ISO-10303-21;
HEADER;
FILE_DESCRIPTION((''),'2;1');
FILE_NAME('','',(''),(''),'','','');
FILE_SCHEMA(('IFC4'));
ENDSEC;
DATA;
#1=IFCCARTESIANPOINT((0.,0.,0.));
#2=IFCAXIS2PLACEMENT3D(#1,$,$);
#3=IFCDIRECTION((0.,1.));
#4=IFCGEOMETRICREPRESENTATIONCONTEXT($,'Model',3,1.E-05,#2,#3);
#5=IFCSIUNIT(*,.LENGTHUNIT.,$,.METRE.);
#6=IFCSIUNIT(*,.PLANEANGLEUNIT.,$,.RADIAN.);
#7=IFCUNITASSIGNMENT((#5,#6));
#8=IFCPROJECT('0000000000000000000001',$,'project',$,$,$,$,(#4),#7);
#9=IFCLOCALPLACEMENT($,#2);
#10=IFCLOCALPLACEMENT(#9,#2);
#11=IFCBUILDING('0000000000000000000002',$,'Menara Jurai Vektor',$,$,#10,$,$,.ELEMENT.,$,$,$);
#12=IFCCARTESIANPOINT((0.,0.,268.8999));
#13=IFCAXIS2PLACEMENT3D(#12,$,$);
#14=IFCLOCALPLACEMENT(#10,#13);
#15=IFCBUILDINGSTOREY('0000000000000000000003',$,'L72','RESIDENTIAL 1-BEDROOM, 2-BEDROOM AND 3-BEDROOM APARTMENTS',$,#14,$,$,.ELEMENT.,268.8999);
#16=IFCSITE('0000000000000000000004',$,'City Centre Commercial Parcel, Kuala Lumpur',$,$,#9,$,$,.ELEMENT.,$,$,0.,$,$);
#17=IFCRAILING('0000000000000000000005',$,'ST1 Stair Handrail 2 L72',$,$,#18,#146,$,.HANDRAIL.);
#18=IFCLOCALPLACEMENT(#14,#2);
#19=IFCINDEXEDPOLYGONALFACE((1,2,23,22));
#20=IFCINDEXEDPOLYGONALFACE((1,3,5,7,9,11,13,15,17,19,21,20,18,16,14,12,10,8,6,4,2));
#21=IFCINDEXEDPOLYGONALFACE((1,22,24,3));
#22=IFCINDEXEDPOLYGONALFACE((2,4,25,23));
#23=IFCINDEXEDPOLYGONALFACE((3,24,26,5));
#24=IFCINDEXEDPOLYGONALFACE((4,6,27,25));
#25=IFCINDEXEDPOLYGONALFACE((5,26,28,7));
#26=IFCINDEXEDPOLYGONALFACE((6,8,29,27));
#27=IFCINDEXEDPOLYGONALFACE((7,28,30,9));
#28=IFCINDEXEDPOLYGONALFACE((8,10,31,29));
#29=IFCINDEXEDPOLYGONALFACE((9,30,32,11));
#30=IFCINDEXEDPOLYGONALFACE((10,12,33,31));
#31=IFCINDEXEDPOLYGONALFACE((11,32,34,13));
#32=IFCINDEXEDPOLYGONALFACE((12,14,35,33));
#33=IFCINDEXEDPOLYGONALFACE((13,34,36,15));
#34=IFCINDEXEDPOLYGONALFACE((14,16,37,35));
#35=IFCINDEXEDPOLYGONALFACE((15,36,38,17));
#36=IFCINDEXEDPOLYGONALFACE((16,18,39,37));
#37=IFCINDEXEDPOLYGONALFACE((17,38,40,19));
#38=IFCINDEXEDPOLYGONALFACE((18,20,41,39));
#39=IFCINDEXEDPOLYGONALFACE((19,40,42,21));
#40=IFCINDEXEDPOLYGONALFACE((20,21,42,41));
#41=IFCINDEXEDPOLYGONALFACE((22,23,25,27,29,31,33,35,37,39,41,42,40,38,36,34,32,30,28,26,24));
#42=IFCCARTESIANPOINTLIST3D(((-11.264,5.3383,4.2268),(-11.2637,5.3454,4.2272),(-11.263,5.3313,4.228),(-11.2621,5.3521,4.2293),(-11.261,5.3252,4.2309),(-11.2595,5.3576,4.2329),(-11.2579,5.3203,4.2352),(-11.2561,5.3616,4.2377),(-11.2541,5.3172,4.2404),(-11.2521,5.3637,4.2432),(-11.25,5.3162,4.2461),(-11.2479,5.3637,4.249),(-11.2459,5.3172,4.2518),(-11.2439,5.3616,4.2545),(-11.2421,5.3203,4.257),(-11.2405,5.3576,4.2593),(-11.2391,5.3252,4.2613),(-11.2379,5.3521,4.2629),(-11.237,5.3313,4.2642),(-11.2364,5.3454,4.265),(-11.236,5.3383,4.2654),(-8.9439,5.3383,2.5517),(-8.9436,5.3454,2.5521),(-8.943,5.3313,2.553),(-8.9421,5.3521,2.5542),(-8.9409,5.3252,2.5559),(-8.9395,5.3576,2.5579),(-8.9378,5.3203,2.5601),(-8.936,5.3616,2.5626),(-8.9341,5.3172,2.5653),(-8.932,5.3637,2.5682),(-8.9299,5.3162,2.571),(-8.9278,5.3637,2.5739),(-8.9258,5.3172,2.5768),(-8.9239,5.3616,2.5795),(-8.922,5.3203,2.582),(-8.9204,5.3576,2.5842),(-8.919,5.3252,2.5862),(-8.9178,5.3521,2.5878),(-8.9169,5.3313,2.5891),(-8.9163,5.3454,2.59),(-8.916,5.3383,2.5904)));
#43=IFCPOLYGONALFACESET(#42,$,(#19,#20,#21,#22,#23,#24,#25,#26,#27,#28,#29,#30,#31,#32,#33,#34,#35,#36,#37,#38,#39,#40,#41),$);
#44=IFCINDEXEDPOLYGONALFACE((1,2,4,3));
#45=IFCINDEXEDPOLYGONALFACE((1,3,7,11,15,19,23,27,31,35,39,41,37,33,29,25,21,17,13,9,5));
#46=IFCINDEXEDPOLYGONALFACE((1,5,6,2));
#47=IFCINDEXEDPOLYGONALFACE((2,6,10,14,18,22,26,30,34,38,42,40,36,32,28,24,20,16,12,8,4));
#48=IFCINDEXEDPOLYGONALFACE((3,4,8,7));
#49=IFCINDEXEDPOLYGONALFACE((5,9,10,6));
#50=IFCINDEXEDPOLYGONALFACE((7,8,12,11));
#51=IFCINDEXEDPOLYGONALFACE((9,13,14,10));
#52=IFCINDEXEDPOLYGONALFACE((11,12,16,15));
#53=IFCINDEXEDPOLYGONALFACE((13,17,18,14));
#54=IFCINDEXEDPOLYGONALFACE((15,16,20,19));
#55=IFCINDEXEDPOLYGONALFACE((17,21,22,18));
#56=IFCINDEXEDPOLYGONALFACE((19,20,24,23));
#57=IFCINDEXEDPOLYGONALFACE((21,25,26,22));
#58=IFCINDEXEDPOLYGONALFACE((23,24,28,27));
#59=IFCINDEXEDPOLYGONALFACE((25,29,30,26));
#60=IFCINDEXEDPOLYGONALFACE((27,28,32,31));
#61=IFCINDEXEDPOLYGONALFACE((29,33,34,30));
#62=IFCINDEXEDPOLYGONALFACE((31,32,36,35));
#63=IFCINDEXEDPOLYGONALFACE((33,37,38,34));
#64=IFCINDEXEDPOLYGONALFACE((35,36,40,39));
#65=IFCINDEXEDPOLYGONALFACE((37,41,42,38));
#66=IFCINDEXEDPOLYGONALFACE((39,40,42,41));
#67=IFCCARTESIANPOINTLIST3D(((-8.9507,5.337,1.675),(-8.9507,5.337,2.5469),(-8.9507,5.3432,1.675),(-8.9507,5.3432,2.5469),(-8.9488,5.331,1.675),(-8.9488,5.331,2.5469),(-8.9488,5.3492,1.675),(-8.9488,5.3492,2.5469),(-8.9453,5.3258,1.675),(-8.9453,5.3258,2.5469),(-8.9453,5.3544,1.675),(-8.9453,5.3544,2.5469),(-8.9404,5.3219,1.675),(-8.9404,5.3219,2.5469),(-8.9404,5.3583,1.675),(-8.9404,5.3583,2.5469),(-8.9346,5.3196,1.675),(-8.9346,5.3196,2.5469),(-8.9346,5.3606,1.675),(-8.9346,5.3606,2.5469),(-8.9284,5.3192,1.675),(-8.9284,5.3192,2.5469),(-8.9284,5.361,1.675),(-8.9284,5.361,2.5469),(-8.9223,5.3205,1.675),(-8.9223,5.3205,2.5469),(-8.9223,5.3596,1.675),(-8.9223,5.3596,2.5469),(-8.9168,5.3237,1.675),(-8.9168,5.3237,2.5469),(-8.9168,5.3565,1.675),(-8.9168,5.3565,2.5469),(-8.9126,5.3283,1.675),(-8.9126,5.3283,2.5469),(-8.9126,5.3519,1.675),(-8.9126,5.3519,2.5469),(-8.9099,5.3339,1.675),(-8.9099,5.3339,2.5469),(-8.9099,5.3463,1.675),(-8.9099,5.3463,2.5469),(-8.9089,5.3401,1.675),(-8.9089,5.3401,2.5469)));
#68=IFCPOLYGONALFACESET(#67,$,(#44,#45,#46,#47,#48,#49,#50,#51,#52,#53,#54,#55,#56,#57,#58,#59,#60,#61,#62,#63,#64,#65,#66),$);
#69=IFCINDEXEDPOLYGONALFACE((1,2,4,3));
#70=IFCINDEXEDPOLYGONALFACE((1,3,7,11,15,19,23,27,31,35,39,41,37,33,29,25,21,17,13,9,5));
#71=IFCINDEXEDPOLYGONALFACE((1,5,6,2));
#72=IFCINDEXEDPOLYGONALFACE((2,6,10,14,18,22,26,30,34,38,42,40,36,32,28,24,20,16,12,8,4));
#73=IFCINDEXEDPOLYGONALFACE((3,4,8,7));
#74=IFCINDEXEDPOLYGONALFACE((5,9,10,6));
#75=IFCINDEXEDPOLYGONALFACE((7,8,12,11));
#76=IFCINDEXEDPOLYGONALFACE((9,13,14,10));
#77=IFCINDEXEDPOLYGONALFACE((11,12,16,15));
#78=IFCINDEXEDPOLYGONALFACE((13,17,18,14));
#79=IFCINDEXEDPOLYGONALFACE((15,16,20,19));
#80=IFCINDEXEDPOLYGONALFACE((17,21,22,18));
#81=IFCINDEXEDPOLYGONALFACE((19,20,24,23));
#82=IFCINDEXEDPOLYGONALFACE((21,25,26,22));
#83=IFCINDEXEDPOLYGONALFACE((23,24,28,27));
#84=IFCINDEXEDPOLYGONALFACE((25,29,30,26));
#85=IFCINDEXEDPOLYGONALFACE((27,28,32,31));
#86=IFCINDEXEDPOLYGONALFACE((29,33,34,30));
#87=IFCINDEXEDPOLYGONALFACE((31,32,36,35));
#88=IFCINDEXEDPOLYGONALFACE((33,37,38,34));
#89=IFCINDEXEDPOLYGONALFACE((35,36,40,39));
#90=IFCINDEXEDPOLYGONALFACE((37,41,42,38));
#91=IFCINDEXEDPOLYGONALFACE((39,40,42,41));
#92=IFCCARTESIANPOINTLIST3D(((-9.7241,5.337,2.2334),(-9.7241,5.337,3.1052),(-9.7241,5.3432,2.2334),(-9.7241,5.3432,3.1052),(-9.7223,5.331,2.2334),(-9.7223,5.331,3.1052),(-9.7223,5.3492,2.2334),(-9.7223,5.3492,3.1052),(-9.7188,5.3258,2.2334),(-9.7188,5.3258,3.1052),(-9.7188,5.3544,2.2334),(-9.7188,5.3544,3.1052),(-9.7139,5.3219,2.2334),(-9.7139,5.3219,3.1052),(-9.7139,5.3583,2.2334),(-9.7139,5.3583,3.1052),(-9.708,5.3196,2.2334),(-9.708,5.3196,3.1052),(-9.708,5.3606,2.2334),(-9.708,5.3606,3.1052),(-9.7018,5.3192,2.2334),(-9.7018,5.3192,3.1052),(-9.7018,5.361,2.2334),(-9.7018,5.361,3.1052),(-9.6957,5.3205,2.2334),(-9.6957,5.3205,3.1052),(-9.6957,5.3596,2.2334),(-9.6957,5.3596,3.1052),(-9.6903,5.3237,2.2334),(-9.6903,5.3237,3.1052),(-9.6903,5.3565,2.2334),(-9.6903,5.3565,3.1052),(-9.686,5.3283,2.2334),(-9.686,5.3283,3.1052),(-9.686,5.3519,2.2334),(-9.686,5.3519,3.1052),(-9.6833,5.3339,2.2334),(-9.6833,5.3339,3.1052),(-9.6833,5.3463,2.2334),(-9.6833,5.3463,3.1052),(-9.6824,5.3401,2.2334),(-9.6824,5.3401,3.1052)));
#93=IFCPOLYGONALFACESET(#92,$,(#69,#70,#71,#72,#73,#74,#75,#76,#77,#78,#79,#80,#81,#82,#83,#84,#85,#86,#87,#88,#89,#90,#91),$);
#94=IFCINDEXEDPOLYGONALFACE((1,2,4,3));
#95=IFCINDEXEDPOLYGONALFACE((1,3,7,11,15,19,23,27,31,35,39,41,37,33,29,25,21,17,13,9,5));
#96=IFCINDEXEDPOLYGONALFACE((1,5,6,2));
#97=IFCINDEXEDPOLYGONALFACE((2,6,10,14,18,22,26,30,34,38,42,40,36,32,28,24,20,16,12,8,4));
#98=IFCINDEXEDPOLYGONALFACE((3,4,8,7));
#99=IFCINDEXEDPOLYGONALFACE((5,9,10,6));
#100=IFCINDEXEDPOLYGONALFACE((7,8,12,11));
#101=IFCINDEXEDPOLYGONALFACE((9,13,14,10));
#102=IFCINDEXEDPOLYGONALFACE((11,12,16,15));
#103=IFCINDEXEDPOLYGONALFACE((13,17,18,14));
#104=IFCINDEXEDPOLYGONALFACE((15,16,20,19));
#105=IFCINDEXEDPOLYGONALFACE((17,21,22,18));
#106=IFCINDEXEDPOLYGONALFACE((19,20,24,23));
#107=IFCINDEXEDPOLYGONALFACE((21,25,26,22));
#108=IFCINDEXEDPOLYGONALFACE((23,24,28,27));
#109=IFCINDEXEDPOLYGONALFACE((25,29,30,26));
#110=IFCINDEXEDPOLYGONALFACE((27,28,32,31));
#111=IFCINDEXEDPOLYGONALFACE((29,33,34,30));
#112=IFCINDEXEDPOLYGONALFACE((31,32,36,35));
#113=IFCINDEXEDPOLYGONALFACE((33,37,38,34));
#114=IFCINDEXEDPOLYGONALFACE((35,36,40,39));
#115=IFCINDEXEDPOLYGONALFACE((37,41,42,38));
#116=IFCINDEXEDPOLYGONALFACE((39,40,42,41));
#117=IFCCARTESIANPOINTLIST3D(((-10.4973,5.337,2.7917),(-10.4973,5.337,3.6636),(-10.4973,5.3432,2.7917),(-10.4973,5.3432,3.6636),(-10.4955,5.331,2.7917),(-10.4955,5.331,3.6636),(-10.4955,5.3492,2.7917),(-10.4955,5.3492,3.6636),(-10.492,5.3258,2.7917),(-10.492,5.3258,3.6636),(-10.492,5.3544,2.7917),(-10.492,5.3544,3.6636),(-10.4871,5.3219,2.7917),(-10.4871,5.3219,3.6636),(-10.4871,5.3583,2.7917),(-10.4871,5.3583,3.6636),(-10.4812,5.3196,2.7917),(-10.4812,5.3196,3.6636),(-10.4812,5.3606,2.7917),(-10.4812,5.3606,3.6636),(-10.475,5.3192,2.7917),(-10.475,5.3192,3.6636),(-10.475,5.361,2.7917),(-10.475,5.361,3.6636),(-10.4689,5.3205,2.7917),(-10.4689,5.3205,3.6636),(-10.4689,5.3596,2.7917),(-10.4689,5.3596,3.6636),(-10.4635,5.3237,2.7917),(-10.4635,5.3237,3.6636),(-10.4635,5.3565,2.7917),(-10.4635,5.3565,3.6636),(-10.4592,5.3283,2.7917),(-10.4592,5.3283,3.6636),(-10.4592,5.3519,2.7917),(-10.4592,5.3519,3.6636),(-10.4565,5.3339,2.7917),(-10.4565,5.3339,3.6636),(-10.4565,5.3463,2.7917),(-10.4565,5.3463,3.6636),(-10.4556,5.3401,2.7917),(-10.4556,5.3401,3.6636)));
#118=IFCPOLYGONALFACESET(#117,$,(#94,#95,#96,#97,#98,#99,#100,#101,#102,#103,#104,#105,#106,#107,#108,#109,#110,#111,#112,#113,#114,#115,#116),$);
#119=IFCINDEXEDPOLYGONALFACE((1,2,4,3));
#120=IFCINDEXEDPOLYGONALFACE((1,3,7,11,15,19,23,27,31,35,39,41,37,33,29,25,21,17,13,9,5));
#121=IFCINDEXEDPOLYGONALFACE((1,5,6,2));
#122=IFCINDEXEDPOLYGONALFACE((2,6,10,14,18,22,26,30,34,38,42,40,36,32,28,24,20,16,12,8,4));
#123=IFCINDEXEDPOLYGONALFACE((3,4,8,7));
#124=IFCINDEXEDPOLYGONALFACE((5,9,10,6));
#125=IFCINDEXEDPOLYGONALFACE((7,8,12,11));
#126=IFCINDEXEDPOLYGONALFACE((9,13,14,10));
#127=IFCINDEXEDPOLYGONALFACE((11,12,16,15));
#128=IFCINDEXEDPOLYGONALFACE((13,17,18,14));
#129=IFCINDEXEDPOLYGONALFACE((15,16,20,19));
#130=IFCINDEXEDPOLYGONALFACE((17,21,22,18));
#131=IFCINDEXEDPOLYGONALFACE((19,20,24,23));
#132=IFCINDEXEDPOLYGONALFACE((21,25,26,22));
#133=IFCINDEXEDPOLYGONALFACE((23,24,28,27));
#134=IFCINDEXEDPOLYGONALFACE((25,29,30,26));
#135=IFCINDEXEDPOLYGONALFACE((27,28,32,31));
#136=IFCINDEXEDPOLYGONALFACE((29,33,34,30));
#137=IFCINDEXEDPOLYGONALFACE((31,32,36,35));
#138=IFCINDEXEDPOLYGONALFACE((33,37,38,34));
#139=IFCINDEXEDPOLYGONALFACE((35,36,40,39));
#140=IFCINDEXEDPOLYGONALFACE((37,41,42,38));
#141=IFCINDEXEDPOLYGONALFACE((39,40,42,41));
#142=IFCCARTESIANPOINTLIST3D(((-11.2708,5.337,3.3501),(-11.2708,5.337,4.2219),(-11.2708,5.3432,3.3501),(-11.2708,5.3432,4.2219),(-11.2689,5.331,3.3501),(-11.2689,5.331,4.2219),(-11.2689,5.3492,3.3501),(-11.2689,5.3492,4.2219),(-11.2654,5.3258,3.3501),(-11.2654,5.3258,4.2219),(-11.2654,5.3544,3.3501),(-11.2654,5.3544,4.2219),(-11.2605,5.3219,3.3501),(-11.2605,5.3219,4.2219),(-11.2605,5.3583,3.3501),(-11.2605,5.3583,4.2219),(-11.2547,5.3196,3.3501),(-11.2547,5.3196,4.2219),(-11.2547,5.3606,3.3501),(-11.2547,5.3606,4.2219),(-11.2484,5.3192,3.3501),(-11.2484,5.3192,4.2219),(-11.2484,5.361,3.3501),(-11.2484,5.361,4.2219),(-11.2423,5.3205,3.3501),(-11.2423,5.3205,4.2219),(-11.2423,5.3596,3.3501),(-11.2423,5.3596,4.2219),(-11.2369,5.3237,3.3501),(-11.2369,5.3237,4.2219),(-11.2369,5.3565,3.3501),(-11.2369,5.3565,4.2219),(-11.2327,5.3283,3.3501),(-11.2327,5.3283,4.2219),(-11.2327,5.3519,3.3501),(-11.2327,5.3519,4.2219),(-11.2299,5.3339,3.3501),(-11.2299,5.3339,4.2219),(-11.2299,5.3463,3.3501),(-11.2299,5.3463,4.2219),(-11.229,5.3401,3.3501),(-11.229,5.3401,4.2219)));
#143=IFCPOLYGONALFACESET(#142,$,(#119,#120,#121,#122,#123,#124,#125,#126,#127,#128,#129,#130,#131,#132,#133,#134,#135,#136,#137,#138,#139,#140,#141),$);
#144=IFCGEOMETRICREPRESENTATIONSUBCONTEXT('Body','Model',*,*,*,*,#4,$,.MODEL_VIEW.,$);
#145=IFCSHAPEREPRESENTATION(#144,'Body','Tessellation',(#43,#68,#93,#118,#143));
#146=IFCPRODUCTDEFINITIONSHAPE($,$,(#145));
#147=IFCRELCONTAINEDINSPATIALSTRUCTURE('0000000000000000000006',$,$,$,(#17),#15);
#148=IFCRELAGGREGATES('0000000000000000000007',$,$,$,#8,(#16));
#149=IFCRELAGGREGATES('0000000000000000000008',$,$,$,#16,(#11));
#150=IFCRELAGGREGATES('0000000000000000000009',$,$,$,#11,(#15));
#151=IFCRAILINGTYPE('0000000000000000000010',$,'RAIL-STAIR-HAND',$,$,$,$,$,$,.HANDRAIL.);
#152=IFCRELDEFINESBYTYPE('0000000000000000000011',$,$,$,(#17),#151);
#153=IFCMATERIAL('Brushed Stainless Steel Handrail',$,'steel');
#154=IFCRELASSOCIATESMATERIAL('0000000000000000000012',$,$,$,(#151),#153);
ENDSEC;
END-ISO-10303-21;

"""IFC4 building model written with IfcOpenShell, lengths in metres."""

from ifc_helpers import new_model, si_unit, direction, frame, origin, origin_2d, place, context, subcontext, project, spatial, circle, extrude, material, type_object, element, save


model = new_model("IFC4")

# Units and contexts
model_context = context("Model", 3, precision=1e-05, world=origin(), true_north=direction((0.0, 1.0)))
body_context = subcontext(model_context, "Body", "Model", "MODEL_VIEW")
ifc_project = project(units=[si_unit("LENGTHUNIT", "METRE"), si_unit("PLANEANGLEUNIT", "RADIAN")], contexts=[model_context])

# Site, building, storey
site_placement = place(None, origin())
site = spatial("IfcSite", under=ifc_project, at=site_placement, Name="City Centre Commercial Parcel, Kuala Lumpur", CompositionType="ELEMENT", RefElevation=0.0)
building_placement = place(site_placement, origin())
building = spatial("IfcBuilding", under=site, at=building_placement, Name="Menara Jurai Vektor", CompositionType="ELEMENT")
storey_placement = place(building_placement, frame((0.0, 0.0, 268.8999)))
storey = spatial("IfcBuildingStorey", under=building, at=storey_placement, Name="L72", Description="RESIDENTIAL 1-BEDROOM, 2-BEDROOM AND 3-BEDROOM APARTMENTS", CompositionType="ELEMENT", Elevation=268.8999)

# Railing
ifc_material_1 = material(Name="Brushed Stainless Steel Handrail", Category="steel")
railing_type_1 = type_object("IfcRailingType", Name="RAIL-STAIR-HAND", PredefinedType="HANDRAIL", material=ifc_material_1)
railing_1_placement = place(storey_placement, frame((-8.9299, 5.3401, 1.675)))
element("IfcRailing", 1, at=railing_1_placement, inside=storey, type_object=railing_type_1, Name="ST1 Stair Handrail 2 L72", PredefinedType="HANDRAIL", context=body_context, shape_type="SweptSolid", body=[
    extrude(circle(Radius=0.0239, at=origin_2d()), frame((0.0, 0.0, 0.896), z_axis=(-0.810771, 0.0, 0.585363), x_axis=(0.0, -1.0, 0.0)), (0.0, 0.0, 1.0), 2.8616),
    extrude(circle(Radius=0.021, at=origin_2d()), origin(), (0.0, 0.0, 1.0), 0.8718),
    extrude(circle(Radius=0.021, at=origin_2d()), frame((-0.7734, 0.0, 0.5583)), (0.0, 0.0, 1.0), 0.8718),
    extrude(circle(Radius=0.021, at=origin_2d()), frame((-1.5466, 0.0, 1.1167)), (0.0, 0.0, 1.0), 0.8718),
    extrude(circle(Radius=0.021, at=origin_2d()), frame((-2.3201, 0.0, 1.675)), (0.0, 0.0, 1.0), 0.8718),
])

save(model, "model.ifc")
